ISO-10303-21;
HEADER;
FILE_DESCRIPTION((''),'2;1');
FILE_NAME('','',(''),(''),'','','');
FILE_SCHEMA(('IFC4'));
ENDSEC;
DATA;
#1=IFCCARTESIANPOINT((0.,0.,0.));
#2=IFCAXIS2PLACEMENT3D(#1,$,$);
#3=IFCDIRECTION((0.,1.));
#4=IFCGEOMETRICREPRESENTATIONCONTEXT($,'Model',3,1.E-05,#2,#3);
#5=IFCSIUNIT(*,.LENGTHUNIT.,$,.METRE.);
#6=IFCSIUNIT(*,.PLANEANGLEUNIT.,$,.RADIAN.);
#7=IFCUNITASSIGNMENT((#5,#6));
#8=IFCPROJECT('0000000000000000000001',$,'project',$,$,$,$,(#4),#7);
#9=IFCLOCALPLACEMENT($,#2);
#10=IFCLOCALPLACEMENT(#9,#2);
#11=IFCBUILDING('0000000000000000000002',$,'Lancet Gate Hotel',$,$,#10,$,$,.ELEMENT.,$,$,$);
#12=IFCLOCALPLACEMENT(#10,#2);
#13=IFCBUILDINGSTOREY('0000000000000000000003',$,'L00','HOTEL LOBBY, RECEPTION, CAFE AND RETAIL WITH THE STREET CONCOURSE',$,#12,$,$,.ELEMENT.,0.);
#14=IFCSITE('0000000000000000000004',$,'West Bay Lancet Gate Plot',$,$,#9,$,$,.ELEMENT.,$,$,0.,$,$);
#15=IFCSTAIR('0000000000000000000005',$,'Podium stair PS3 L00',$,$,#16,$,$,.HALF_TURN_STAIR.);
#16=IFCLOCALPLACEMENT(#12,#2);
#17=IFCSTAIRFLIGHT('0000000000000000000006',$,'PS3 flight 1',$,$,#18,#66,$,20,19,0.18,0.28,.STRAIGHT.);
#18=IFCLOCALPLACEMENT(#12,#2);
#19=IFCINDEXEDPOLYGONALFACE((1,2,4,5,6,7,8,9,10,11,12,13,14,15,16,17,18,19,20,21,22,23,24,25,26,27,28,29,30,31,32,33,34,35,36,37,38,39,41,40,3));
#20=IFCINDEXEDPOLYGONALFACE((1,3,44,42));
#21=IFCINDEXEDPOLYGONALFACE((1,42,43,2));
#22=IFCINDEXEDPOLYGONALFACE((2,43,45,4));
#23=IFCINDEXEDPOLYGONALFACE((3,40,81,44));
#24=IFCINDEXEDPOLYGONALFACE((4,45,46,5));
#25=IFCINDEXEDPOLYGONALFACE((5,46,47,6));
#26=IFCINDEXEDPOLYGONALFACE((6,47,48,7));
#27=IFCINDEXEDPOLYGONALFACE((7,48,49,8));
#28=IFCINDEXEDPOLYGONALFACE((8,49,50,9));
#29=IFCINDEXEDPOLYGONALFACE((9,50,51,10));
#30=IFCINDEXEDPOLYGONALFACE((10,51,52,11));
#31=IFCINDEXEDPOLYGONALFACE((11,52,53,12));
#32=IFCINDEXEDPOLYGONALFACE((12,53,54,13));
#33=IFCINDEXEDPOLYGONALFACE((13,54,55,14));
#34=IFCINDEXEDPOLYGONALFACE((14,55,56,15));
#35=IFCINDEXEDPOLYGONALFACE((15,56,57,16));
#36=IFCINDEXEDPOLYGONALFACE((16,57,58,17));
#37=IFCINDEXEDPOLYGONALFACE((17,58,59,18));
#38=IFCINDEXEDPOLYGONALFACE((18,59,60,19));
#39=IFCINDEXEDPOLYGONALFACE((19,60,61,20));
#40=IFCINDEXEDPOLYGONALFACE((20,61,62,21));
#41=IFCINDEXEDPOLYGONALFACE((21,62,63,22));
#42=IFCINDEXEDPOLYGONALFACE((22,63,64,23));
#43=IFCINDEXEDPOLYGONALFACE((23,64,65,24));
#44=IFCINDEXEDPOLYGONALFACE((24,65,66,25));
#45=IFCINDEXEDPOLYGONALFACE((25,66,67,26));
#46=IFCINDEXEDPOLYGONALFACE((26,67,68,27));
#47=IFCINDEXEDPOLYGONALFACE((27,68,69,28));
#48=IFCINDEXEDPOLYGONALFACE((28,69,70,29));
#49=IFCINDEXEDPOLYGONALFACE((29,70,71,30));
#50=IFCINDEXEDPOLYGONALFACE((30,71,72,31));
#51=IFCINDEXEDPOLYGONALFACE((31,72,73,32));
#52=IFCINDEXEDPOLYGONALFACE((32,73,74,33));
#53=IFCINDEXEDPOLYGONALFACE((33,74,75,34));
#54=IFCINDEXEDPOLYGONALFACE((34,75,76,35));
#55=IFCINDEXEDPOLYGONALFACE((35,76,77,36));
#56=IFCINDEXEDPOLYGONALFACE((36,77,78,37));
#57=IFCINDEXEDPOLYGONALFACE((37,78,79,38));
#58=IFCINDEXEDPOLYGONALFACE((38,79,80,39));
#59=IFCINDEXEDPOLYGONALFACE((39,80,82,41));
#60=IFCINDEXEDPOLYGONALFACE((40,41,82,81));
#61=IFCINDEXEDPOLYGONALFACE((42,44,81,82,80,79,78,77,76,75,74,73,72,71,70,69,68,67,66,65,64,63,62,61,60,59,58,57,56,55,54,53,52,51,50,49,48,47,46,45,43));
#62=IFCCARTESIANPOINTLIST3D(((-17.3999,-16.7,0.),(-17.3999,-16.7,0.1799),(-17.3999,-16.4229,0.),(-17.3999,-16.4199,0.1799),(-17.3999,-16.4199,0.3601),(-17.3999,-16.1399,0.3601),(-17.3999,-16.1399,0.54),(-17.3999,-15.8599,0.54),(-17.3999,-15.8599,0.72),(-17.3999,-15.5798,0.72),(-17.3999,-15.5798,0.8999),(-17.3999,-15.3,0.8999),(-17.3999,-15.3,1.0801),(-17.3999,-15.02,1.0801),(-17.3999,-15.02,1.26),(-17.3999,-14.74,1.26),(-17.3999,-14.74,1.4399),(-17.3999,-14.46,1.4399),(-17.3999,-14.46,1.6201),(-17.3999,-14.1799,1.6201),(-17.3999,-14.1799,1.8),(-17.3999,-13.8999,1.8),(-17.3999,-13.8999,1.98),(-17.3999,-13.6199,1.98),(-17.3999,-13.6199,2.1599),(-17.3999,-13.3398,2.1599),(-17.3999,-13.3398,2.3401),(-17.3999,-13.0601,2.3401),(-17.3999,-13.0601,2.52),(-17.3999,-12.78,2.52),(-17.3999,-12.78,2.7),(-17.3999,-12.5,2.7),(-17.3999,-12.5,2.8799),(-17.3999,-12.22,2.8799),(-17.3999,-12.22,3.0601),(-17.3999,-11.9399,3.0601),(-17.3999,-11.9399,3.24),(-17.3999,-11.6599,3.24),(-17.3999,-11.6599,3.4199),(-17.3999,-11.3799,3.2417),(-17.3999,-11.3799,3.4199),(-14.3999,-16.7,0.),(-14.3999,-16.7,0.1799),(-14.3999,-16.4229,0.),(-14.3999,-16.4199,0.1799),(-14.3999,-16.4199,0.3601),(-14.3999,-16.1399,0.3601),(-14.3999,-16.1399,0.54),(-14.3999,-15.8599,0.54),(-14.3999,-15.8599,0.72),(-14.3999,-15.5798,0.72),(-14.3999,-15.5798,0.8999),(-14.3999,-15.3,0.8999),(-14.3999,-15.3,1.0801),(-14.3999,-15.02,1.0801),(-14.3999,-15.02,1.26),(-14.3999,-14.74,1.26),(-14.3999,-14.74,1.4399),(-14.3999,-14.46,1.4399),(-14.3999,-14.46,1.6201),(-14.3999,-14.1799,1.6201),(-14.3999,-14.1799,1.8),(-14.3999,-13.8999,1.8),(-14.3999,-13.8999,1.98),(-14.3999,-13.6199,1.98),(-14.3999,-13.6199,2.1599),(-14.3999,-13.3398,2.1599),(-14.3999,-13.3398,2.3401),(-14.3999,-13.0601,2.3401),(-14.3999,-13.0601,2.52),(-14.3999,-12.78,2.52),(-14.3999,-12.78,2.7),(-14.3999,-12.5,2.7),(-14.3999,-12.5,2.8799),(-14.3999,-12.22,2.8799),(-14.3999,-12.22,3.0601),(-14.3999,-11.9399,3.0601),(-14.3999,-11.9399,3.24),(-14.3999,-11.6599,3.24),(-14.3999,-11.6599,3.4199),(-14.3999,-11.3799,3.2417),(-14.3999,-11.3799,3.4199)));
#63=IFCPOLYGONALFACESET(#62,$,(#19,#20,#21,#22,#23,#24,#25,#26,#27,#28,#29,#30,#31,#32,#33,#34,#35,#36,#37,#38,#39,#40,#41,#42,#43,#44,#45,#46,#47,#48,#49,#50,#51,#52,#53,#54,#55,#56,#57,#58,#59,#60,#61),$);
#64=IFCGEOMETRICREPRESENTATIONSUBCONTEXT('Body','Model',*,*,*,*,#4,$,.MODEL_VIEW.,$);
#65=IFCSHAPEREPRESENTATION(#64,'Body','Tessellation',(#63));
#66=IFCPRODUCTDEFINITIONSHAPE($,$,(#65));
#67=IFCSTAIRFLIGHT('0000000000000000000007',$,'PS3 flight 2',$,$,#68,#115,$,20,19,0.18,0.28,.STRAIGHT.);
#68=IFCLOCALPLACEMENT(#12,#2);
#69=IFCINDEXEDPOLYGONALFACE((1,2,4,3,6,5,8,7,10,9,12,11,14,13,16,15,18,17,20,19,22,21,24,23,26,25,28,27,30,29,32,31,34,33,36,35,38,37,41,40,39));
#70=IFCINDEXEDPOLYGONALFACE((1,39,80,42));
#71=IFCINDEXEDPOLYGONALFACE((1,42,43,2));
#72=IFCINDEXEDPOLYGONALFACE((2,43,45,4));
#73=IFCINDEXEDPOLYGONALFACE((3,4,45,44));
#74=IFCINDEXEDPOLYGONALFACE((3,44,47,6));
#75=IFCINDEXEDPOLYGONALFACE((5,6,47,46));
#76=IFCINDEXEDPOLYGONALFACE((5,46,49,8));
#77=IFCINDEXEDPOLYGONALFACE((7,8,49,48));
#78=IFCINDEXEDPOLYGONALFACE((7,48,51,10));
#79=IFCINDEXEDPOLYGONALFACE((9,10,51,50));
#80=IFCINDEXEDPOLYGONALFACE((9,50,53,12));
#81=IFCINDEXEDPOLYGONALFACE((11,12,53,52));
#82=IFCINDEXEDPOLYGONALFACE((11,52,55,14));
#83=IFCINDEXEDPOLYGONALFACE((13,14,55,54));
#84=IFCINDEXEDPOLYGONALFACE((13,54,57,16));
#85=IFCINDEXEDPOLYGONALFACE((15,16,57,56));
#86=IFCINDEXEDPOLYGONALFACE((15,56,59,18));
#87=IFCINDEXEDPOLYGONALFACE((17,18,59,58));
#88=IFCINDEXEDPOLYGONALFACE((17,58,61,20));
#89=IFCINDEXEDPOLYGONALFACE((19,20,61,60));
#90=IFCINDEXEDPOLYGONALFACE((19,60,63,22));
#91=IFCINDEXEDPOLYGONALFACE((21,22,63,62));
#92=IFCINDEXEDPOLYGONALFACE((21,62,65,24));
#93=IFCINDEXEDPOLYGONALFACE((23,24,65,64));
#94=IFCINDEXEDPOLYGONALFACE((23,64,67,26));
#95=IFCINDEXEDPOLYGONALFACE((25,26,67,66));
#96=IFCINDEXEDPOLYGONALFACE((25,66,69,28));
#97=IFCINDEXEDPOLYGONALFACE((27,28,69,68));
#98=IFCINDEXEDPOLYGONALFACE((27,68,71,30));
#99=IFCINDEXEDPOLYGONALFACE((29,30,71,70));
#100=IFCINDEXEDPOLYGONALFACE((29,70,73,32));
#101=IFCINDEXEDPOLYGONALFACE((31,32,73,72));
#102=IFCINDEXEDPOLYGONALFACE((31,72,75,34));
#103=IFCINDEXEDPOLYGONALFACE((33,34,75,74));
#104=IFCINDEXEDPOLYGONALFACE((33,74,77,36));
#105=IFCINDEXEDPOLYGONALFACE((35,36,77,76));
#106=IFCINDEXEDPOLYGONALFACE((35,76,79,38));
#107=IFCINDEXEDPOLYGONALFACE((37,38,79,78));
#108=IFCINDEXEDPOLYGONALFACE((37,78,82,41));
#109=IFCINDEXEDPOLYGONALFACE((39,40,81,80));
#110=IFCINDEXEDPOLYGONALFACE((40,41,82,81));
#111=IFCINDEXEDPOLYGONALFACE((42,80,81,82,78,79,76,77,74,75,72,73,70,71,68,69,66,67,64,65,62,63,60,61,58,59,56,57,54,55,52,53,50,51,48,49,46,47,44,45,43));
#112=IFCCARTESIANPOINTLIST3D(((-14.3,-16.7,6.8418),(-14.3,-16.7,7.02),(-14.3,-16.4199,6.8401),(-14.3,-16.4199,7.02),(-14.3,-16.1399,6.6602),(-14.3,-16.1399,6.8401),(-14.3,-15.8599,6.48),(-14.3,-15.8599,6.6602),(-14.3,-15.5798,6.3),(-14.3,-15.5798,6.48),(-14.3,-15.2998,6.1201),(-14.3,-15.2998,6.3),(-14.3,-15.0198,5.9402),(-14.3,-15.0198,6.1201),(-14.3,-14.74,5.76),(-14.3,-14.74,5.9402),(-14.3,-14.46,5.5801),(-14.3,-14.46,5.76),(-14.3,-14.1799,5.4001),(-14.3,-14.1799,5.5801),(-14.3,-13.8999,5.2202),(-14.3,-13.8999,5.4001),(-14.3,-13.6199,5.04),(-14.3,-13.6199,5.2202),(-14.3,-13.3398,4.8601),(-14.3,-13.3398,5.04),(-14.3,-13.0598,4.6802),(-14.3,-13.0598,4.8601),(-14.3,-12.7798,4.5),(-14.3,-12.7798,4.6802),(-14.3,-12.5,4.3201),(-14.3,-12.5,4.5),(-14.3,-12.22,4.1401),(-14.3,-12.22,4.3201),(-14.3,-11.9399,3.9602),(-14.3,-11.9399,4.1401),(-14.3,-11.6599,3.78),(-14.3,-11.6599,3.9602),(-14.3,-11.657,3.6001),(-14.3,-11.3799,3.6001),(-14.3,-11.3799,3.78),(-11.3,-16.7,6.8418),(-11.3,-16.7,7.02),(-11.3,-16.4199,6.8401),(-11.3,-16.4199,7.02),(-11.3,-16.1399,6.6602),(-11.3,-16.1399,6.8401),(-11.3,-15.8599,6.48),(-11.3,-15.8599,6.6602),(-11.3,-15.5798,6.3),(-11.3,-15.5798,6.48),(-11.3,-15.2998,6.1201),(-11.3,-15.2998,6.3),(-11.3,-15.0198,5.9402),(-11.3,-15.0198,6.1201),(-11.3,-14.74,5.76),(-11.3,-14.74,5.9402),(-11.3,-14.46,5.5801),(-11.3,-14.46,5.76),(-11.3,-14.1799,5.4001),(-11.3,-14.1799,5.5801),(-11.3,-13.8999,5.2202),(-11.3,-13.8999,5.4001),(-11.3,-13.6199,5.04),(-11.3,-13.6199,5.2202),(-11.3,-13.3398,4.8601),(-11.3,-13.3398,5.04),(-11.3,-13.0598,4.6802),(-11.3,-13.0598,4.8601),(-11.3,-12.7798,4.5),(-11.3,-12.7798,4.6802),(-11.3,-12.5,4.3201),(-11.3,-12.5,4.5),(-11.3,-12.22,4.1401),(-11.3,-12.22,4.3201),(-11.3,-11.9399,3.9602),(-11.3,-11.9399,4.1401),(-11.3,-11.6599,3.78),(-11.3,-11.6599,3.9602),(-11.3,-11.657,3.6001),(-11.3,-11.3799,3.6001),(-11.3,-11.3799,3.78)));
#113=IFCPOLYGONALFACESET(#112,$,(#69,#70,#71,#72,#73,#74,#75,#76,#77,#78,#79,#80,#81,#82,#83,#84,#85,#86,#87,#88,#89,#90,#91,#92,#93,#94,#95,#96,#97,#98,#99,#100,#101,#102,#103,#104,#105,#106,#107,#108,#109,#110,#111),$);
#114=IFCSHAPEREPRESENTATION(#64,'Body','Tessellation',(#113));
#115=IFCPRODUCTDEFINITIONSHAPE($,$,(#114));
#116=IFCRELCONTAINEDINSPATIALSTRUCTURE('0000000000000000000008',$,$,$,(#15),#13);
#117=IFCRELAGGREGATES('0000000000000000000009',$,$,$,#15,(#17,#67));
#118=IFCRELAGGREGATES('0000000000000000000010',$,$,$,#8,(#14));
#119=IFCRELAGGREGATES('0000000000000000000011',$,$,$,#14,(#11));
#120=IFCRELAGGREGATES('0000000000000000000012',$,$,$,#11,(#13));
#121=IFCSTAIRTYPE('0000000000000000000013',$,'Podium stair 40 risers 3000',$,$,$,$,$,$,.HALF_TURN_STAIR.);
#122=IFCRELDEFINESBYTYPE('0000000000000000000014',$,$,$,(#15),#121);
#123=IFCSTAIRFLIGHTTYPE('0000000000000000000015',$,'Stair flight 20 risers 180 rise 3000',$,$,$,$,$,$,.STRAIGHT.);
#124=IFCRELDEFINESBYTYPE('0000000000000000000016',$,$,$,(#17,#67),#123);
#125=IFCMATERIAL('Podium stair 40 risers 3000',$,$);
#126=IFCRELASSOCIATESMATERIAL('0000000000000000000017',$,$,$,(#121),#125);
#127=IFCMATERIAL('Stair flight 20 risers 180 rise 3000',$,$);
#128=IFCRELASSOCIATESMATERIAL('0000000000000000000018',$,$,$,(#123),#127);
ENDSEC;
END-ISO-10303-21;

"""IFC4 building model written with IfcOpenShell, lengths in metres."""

from ifc_helpers import new_model, si_unit, direction, frame, origin, place, context, subcontext, project, spatial, polyline, outline, extrude, material, type_object, element, aggregate, save


model = new_model("IFC4")

# Units and contexts
model_context = context("Model", 3, precision=1e-05, world=origin(), true_north=direction((0.0, 1.0)))
body_context = subcontext(model_context, "Body", "Model", "MODEL_VIEW")
ifc_project = project(units=[si_unit("LENGTHUNIT", "METRE"), si_unit("PLANEANGLEUNIT", "RADIAN")], contexts=[model_context])

# Site, building, storey
site_placement = place(None, origin())
site = spatial("IfcSite", under=ifc_project, at=site_placement, Name="West Bay Lancet Gate Plot", CompositionType="ELEMENT", RefElevation=0.0)
building_placement = place(site_placement, origin())
building = spatial("IfcBuilding", under=site, at=building_placement, Name="Lancet Gate Hotel", CompositionType="ELEMENT")
storey_placement = place(building_placement, origin())
storey = spatial("IfcBuildingStorey", under=building, at=storey_placement, Name="L00", Description="HOTEL LOBBY, RECEPTION, CAFE AND RETAIL WITH THE STREET CONCOURSE", CompositionType="ELEMENT", Elevation=0.0)

# Stair, stair flights
ifc_material_1 = material(Name="Podium stair 40 risers 3000")
stair_type = type_object("IfcStairType", Name="Podium stair 40 risers 3000", PredefinedType="HALF_TURN_STAIR", material=ifc_material_1)
stair_placement = place(storey_placement, origin())
stair = element("IfcStair", 1, at=stair_placement, inside=storey, type_object=stair_type, Name="Podium stair PS3 L00", PredefinedType="HALF_TURN_STAIR")
ifc_material_2 = material(Name="Stair flight 20 risers 180 rise 3000")
stair_flight_type = type_object("IfcStairFlightType", Name="Stair flight 20 risers 180 rise 3000", PredefinedType="STRAIGHT", material=ifc_material_2)
stair_flight_1_placement = place(storey_placement, frame((-15.8999, -16.7, 0.0), z_axis=(0.0, 0.0, 1.0), x_axis=(0.0, 1.0, 0.0)))
stair_flight_1 = element("IfcStairFlight", 2, at=stair_flight_1_placement, type_object=stair_flight_type, Name="PS3 flight 1", NumberOfRisers=20, NumberOfTreads=19, PredefinedType="STRAIGHT", RiserHeight=0.18, TreadLength=0.28, context=body_context, shape_type="SweptSolid", body=[
    extrude(outline(polyline([(0.0, 0.0), (0.0, 0.1799), (0.28, 0.1799), (0.28, 0.3601), (0.5601, 0.3601), (0.5601, 0.54), (0.8401, 0.54), (0.8401, 0.72), (1.1201, 0.72), (1.1201, 0.8999), (1.3999, 0.8999), (1.3999, 1.0801), (1.6799, 1.0801), (1.6799, 1.26), (1.96, 1.26), (1.96, 1.4399), (2.24, 1.4399), (2.24, 1.6201), (2.52, 1.6201), (2.52, 1.8), (2.8, 1.8), (2.8, 1.98), (3.0801, 1.98), (3.0801, 2.1599), (3.3601, 2.1599), (3.3601, 2.3401), (3.6399, 2.3401), (3.6399, 2.52), (3.9199, 2.52), (3.9199, 2.7), (4.2, 2.7), (4.2, 2.8799), (4.48, 2.8799), (4.48, 3.0601), (4.76, 3.0601), (4.76, 3.24), (5.04, 3.24), (5.04, 3.4199), (5.3201, 3.4199), (5.3201, 3.6001), (5.3201, 3.2417), (0.2771, 0.0), (0.0, 0.0)])), frame((0.0, 1.5, 0.0), z_axis=(0.0, -1.0, 0.0), x_axis=(1.0, 0.0, 0.0)), (0.0, 0.0, 1.0), 3.0),
])
stair_flight_2_placement = place(storey_placement, frame((-12.8, -11.3799, 3.6001), z_axis=(0.0, 0.0, 1.0), x_axis=(0.0, -1.0, 0.0)))
stair_flight_2 = element("IfcStairFlight", 3, at=stair_flight_2_placement, type_object=stair_flight_type, Name="PS3 flight 2", NumberOfRisers=20, NumberOfTreads=19, PredefinedType="STRAIGHT", RiserHeight=0.18, TreadLength=0.28, context=body_context, shape_type="SweptSolid", body=[
    extrude(outline(polyline([(0.0, 0.0), (0.0, 0.1799), (0.28, 0.1799), (0.28, 0.3601), (0.5601, 0.3601), (0.5601, 0.54), (0.8401, 0.54), (0.8401, 0.72), (1.1201, 0.72), (1.1201, 0.8999), (1.3999, 0.8999), (1.3999, 1.0801), (1.6799, 1.0801), (1.6799, 1.26), (1.96, 1.26), (1.96, 1.4399), (2.24, 1.4399), (2.24, 1.6201), (2.52, 1.6201), (2.52, 1.8), (2.8, 1.8), (2.8, 1.98), (3.0801, 1.98), (3.0801, 2.1599), (3.3601, 2.1599), (3.3601, 2.3401), (3.6399, 2.3401), (3.6399, 2.52), (3.9199, 2.52), (3.9199, 2.7), (4.2, 2.7), (4.2, 2.8799), (4.48, 2.8799), (4.48, 3.0601), (4.76, 3.0601), (4.76, 3.24), (5.04, 3.24), (5.04, 3.4199), (5.3201, 3.4199), (5.3201, 3.6001), (5.3201, 3.2417), (0.2771, 0.0), (0.0, 0.0)])), frame((0.0, 1.5, 0.0), z_axis=(0.0, -1.0, 0.0), x_axis=(1.0, 0.0, 0.0)), (0.0, 0.0, 1.0), 3.0),
])
aggregate(stair, [stair_flight_1, stair_flight_2])

save(model, "model.ifc")
